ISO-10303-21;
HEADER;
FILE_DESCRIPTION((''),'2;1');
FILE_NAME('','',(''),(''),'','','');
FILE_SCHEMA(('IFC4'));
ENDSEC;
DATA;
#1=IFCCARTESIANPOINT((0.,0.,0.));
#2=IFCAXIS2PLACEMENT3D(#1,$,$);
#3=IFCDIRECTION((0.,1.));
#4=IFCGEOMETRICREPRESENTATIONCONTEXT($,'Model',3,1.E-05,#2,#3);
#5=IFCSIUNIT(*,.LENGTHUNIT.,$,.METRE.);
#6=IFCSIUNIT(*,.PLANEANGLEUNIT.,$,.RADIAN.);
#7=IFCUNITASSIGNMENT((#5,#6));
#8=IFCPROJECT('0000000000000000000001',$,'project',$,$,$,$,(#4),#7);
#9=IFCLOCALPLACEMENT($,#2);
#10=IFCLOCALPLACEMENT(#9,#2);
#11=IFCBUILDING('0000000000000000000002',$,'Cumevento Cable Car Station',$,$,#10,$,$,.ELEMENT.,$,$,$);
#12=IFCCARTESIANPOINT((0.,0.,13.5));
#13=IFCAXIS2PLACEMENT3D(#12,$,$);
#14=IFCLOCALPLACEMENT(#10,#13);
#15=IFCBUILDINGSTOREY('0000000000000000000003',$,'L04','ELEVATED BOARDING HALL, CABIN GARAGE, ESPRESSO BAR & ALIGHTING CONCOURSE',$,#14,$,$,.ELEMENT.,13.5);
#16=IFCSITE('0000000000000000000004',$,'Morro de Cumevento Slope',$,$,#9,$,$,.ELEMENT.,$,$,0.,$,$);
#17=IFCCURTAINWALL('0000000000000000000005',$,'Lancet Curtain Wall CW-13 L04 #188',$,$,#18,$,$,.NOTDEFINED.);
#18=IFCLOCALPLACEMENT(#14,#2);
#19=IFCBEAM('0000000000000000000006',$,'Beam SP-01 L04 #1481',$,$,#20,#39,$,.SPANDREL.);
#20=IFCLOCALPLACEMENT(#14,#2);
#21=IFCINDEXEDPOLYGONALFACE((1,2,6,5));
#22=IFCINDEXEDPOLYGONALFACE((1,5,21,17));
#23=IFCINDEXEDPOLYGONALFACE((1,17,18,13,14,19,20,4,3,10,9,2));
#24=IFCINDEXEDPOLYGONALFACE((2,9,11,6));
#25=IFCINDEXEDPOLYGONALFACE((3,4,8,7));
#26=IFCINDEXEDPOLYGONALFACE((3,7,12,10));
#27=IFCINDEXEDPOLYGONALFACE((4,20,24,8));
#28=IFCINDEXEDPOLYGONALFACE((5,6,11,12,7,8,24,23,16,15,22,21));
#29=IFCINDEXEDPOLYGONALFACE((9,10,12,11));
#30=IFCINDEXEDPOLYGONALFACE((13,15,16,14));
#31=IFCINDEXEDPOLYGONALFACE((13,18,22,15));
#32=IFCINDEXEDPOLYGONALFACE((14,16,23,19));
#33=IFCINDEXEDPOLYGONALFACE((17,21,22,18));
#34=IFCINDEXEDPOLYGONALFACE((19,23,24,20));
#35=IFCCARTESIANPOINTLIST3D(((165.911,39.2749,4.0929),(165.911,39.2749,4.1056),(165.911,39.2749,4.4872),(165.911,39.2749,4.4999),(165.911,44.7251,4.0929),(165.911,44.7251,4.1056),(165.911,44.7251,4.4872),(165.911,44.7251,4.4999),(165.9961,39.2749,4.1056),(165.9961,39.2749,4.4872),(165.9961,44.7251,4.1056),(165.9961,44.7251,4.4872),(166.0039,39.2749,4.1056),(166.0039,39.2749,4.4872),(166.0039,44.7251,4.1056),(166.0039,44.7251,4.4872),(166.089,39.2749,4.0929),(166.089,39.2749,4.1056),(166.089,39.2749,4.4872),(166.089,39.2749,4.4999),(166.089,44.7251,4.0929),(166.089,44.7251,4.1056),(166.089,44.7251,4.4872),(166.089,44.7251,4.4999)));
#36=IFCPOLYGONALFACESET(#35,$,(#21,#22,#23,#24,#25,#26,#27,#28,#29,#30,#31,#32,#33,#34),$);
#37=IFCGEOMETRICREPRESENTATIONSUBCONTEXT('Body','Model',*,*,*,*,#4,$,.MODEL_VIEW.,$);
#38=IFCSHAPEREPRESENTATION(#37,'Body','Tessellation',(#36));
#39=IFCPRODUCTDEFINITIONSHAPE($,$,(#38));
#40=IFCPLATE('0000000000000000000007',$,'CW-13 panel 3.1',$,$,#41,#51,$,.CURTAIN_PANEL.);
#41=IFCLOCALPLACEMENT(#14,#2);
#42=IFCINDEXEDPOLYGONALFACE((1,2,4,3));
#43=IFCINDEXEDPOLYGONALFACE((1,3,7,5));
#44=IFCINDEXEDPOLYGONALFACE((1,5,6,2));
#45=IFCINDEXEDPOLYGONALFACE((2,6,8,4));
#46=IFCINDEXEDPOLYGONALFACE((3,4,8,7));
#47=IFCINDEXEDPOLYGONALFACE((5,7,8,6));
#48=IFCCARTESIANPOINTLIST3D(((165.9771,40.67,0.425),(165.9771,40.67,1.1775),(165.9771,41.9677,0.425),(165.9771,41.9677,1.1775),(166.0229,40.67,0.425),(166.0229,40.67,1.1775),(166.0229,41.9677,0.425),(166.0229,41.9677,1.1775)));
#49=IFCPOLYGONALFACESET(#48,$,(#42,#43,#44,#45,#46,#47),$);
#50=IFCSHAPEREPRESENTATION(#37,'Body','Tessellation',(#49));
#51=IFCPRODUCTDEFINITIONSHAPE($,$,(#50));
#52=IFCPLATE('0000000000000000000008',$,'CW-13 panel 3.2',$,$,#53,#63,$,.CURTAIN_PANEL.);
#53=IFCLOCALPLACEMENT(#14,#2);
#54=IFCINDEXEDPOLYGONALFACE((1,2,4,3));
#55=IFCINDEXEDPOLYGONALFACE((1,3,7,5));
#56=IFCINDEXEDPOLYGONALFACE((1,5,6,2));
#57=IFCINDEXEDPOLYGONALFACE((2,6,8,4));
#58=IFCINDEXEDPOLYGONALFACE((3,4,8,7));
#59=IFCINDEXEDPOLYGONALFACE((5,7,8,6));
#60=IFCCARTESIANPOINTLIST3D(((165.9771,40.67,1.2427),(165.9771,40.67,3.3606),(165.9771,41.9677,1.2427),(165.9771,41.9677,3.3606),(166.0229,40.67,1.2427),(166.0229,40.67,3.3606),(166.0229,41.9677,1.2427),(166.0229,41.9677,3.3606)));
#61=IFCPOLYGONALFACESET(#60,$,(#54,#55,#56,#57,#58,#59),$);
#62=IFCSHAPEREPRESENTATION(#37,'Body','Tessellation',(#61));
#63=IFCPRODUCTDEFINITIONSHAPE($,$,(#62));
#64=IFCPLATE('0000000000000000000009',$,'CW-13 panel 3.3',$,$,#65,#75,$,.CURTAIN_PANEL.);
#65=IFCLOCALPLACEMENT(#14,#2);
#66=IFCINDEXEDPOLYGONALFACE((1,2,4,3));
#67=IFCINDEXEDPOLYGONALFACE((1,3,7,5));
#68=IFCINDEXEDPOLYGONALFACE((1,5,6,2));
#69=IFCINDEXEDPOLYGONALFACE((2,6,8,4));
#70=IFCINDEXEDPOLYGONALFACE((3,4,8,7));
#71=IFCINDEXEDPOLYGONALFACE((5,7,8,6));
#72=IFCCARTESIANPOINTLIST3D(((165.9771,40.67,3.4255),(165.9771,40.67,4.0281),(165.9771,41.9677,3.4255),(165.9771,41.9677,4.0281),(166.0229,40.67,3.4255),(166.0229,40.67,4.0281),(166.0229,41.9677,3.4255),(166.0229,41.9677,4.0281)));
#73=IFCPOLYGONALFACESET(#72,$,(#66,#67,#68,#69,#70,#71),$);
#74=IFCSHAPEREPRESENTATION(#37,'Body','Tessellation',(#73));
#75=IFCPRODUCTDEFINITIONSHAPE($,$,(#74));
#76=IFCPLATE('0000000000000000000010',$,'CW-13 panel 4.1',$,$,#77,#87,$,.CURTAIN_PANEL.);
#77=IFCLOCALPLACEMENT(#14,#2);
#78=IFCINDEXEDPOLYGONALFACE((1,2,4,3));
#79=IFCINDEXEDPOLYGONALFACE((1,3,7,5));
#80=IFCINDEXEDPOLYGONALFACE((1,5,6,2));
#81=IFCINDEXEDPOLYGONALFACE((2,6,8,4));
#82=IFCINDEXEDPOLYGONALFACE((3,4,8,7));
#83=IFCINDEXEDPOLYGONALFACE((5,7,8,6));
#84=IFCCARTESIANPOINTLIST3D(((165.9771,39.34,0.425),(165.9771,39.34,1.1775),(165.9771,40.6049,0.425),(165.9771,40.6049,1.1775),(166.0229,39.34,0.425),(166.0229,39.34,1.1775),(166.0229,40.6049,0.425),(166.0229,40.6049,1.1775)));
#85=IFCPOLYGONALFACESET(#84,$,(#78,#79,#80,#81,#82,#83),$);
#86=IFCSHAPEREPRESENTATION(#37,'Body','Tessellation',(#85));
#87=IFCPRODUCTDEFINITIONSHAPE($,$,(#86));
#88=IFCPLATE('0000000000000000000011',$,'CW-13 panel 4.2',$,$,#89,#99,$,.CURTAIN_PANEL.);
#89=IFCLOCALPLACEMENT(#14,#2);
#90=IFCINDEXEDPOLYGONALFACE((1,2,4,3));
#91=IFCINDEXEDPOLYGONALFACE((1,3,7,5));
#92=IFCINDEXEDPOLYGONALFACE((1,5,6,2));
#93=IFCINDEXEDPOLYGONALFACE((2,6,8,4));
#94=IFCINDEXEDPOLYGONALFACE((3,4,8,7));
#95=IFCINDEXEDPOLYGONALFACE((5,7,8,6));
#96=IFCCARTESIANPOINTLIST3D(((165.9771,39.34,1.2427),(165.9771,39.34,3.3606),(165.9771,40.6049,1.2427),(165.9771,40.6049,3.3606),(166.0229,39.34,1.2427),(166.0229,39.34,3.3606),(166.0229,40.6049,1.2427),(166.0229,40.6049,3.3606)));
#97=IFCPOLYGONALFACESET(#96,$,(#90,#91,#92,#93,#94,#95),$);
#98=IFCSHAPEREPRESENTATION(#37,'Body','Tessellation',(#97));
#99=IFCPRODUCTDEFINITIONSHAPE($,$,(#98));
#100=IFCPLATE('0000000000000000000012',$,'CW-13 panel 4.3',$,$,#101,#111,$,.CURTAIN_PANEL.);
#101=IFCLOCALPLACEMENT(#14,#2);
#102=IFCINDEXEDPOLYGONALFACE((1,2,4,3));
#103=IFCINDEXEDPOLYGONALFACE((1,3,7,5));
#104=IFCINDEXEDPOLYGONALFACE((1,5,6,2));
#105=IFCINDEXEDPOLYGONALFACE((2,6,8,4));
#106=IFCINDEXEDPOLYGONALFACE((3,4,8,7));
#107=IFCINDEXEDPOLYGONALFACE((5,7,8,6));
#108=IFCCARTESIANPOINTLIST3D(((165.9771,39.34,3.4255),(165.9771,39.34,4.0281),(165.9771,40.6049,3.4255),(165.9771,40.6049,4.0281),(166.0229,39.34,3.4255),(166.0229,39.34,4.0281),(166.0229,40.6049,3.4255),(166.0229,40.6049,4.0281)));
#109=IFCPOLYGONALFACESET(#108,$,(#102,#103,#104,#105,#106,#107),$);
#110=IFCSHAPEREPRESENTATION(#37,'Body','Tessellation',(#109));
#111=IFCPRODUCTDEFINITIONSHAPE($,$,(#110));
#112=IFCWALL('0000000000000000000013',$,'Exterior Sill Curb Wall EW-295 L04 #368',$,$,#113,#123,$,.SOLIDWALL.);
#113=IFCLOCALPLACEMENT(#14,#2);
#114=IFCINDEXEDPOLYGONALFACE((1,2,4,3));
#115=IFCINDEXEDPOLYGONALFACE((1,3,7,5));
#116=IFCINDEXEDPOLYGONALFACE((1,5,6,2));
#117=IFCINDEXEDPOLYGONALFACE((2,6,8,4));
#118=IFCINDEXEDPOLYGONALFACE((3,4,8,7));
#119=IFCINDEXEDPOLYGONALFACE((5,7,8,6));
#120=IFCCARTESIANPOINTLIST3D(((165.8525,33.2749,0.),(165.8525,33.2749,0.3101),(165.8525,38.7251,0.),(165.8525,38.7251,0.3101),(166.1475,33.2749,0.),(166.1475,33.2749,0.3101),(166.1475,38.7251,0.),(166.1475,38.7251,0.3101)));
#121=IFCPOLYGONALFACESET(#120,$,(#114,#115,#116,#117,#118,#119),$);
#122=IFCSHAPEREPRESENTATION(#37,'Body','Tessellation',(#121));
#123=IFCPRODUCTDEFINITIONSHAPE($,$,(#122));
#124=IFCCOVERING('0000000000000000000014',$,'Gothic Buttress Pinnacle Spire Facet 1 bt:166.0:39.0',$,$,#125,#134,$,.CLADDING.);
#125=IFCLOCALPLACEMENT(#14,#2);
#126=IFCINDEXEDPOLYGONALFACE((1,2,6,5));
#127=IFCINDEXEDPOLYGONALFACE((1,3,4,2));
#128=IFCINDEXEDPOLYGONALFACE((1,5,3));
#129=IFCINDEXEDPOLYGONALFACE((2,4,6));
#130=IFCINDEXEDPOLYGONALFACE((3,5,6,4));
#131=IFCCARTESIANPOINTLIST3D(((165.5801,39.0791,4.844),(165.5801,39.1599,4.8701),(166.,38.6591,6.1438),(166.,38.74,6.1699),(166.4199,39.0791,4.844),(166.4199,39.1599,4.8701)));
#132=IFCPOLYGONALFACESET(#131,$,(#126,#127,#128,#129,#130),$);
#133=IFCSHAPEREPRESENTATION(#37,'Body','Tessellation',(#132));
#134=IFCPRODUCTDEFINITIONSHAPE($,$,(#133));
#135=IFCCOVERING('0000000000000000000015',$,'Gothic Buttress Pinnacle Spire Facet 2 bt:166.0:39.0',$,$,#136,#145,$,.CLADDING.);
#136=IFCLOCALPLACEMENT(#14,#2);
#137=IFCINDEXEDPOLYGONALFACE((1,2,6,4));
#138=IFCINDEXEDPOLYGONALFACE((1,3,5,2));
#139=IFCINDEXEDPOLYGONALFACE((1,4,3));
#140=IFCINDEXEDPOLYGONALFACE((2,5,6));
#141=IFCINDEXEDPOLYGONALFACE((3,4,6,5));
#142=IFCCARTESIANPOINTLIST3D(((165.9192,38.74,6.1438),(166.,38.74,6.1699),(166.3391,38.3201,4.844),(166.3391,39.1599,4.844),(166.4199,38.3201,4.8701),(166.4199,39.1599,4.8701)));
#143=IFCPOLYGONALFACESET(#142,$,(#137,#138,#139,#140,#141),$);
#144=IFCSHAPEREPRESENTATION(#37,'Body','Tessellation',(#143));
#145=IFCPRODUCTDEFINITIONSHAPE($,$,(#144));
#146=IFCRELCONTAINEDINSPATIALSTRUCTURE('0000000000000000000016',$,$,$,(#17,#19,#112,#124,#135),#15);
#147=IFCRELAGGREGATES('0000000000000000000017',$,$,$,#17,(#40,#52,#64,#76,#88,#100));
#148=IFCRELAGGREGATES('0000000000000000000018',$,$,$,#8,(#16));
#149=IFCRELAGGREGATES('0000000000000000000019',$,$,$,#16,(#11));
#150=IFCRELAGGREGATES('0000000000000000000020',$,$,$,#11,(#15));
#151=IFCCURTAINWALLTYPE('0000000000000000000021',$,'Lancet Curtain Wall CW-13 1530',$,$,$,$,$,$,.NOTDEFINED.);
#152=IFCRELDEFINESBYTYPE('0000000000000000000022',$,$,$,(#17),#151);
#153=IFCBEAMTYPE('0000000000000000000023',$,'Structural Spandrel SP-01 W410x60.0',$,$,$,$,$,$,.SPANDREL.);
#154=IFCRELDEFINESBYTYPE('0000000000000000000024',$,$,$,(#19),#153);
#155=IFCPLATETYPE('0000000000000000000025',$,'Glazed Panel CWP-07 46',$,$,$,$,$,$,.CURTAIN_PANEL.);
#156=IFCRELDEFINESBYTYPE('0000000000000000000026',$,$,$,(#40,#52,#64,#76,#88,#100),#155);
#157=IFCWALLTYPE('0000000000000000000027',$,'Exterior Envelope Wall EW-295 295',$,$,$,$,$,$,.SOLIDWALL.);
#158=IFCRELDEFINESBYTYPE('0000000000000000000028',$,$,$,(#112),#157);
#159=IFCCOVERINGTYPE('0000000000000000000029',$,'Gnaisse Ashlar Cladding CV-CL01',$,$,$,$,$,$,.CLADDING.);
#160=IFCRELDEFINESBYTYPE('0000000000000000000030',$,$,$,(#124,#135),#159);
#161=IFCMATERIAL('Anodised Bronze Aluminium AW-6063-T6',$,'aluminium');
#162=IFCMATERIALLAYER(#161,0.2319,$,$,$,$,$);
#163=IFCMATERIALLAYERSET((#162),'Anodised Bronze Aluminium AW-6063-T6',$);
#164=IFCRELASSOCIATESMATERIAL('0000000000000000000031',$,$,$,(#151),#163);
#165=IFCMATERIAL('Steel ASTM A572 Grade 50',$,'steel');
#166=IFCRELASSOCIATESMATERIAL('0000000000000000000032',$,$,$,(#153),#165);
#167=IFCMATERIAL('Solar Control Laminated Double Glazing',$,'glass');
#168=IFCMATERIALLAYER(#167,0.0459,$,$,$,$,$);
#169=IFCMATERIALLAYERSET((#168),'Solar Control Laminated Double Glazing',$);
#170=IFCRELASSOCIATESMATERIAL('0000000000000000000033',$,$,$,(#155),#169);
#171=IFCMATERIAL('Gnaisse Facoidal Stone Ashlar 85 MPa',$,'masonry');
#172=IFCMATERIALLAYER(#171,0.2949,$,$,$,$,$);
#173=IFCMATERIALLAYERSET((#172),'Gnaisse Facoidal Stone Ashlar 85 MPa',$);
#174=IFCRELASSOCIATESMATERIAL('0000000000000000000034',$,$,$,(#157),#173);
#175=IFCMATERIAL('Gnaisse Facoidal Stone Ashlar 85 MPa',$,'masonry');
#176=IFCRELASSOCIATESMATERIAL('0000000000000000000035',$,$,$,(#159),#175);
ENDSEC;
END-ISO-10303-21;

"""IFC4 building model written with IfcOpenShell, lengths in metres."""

from ifc_helpers import new_model, si_unit, direction, frame, frame_2d, origin, origin_2d, place, context, subcontext, project, spatial, polyline, rectangle, i_section, outline, extrude, material, layer, layer_set, material_profile, profile_set, type_object, element, aggregate, save


model = new_model("IFC4")

# Units and contexts
model_context = context("Model", 3, precision=1e-05, world=origin(), true_north=direction((0.0, 1.0)))
body_context = subcontext(model_context, "Body", "Model", "MODEL_VIEW")
ifc_project = project(units=[si_unit("LENGTHUNIT", "METRE"), si_unit("PLANEANGLEUNIT", "RADIAN")], contexts=[model_context])

# Site, building, storey
site_placement = place(None, origin())
site = spatial("IfcSite", under=ifc_project, at=site_placement, Name="Morro de Cumevento Slope", CompositionType="ELEMENT", RefElevation=0.0)
building_placement = place(site_placement, origin())
building = spatial("IfcBuilding", under=site, at=building_placement, Name="Cumevento Cable Car Station", CompositionType="ELEMENT")
storey_placement = place(building_placement, frame((0.0, 0.0, 13.5)))
storey = spatial("IfcBuildingStorey", under=building, at=storey_placement, Name="L04", Description="ELEVATED BOARDING HALL, CABIN GARAGE, ESPRESSO BAR & ALIGHTING CONCOURSE", CompositionType="ELEMENT", Elevation=13.5)

# Curtain wall
ifc_material_1 = material(Name="Anodised Bronze Aluminium AW-6063-T6", Category="aluminium")
ifc_layer_1 = layer(ifc_material_1, 0.2319)
ifc_layer_set_1 = layer_set([ifc_layer_1], Name="Anodised Bronze Aluminium AW-6063-T6")
curtain_wall_type_1 = type_object("IfcCurtainWallType", Name="Lancet Curtain Wall CW-13 1530", PredefinedType="NOTDEFINED", material=ifc_layer_set_1)
curtain_wall_1_placement = place(storey_placement, origin())
curtain_wall_1 = element("IfcCurtainWall", 1, at=curtain_wall_1_placement, inside=storey, type_object=curtain_wall_type_1, Name="Lancet Curtain Wall CW-13 L04 #188", PredefinedType="NOTDEFINED")

# Beam
ifc_material_2 = material(Name="Steel ASTM A572 Grade 50", Category="steel")
ifc_material_profile_1 = material_profile(ifc_material_2, i_section(OverallWidth=0.178, OverallDepth=0.407, WebThickness=0.0078, FlangeThickness=0.0127, at=origin_2d()), Name="W410x60.0")
ifc_profile_set_1 = profile_set([ifc_material_profile_1], Name="Steel ASTM A572 Grade 50")
beam_type = type_object("IfcBeamType", Name="Structural Spandrel SP-01 W410x60.0", PredefinedType="SPANDREL", material=ifc_profile_set_1)
beam_placement = place(storey_placement, frame((166.0, 39.2749, 4.2964), z_axis=(0.0, 1.0, 0.0), x_axis=(-1.0, 0.0, 0.0)))
element("IfcBeam", 2, at=beam_placement, inside=storey, type_object=beam_type, Name="Beam SP-01 L04 #1481", PredefinedType="SPANDREL", context=body_context, shape_type="SweptSolid", body=[
    extrude(i_section(OverallWidth=0.178, OverallDepth=0.407, WebThickness=0.0078, FlangeThickness=0.0127, at=origin_2d()), origin(), (0.0, 0.0, 1.0), 5.4502),
])

# Plates
ifc_material_3 = material(Name="Solar Control Laminated Double Glazing", Category="glass")
ifc_layer_2 = layer(ifc_material_3, 0.0459)
ifc_layer_set_2 = layer_set([ifc_layer_2], Name="Solar Control Laminated Double Glazing")
plate_type = type_object("IfcPlateType", Name="Glazed Panel CWP-07 46", PredefinedType="CURTAIN_PANEL", material=ifc_layer_set_2)
plate_1_placement = place(storey_placement, frame((166.0, 41.3188, 0.425), z_axis=(0.0, 0.0, 1.0), x_axis=(0.0, -1.0, 0.0)))
plate_1 = element("IfcPlate", 3, at=plate_1_placement, type_object=plate_type, Name="CW-13 panel 3.1", PredefinedType="CURTAIN_PANEL", context=body_context, shape_type="SweptSolid", body=[
    extrude(rectangle(XDim=1.2976, YDim=0.0459, at=origin_2d()), origin(), (0.0, 0.0, 1.0), 0.7524),
])
plate_2_placement = place(storey_placement, frame((166.0, 41.3188, 1.2427), z_axis=(0.0, 0.0, 1.0), x_axis=(0.0, -1.0, 0.0)))
plate_2 = element("IfcPlate", 4, at=plate_2_placement, type_object=plate_type, Name="CW-13 panel 3.2", PredefinedType="CURTAIN_PANEL", context=body_context, shape_type="SweptSolid", body=[
    extrude(rectangle(XDim=1.2976, YDim=0.0459, at=origin_2d()), origin(), (0.0, 0.0, 1.0), 2.1179),
])
plate_3_placement = place(storey_placement, frame((166.0, 41.3188, 3.4255), z_axis=(0.0, 0.0, 1.0), x_axis=(0.0, -1.0, 0.0)))
plate_3 = element("IfcPlate", 5, at=plate_3_placement, type_object=plate_type, Name="CW-13 panel 3.3", PredefinedType="CURTAIN_PANEL", context=body_context, shape_type="SweptSolid", body=[
    extrude(rectangle(XDim=1.2976, YDim=0.0459, at=origin_2d()), origin(), (0.0, 0.0, 1.0), 0.6025),
])
plate_4_placement = place(storey_placement, frame((166.0, 39.9724, 0.425), z_axis=(0.0, 0.0, 1.0), x_axis=(0.0, -1.0, 0.0)))
plate_4 = element("IfcPlate", 6, at=plate_4_placement, type_object=plate_type, Name="CW-13 panel 4.1", PredefinedType="CURTAIN_PANEL", context=body_context, shape_type="SweptSolid", body=[
    extrude(rectangle(XDim=1.2649, YDim=0.0459, at=origin_2d()), origin(), (0.0, 0.0, 1.0), 0.7524),
])
plate_5_placement = place(storey_placement, frame((166.0, 39.9724, 1.2427), z_axis=(0.0, 0.0, 1.0), x_axis=(0.0, -1.0, 0.0)))
plate_5 = element("IfcPlate", 7, at=plate_5_placement, type_object=plate_type, Name="CW-13 panel 4.2", PredefinedType="CURTAIN_PANEL", context=body_context, shape_type="SweptSolid", body=[
    extrude(rectangle(XDim=1.2649, YDim=0.0459, at=origin_2d()), origin(), (0.0, 0.0, 1.0), 2.1179),
])
plate_6_placement = place(storey_placement, frame((166.0, 39.9724, 3.4255), z_axis=(0.0, 0.0, 1.0), x_axis=(0.0, -1.0, 0.0)))
plate_6 = element("IfcPlate", 8, at=plate_6_placement, type_object=plate_type, Name="CW-13 panel 4.3", PredefinedType="CURTAIN_PANEL", context=body_context, shape_type="SweptSolid", body=[
    extrude(rectangle(XDim=1.2649, YDim=0.0459, at=origin_2d()), origin(), (0.0, 0.0, 1.0), 0.6025),
])
aggregate(curtain_wall_1, [plate_1, plate_2, plate_3, plate_4, plate_5, plate_6])

# Wall
ifc_material_4 = material(Name="Gnaisse Facoidal Stone Ashlar 85 MPa", Category="masonry")
ifc_layer_3 = layer(ifc_material_4, 0.2949)
ifc_layer_set_3 = layer_set([ifc_layer_3], Name="Gnaisse Facoidal Stone Ashlar 85 MPa")
wall_type = type_object("IfcWallType", Name="Exterior Envelope Wall EW-295 295", PredefinedType="SOLIDWALL", material=ifc_layer_set_3)
wall_placement = place(storey_placement, frame((166.0, 38.7251, 0.0), z_axis=(0.0, 0.0, 1.0), x_axis=(0.0, -1.0, 0.0)))
element("IfcWall", 9, at=wall_placement, inside=storey, type_object=wall_type, Name="Exterior Sill Curb Wall EW-295 L04 #368", PredefinedType="SOLIDWALL", context=body_context, shape_type="SweptSolid", body=[
    extrude(rectangle(XDim=5.4502, YDim=0.2949, at=frame_2d((2.7251, 0.0))), origin(), (0.0, 0.0, 1.0), 0.3101),
])

# Coverings
ifc_material_5 = material(Name="Gnaisse Facoidal Stone Ashlar 85 MPa", Category="masonry")
covering_type = type_object("IfcCoveringType", Name="Gnaisse Ashlar Cladding CV-CL01", PredefinedType="CLADDING", material=ifc_material_5)
for number, where, z_axis, x_axis, name in (
    (10, (165.5801, 39.1599, 4.8701), (0.0, 0.951574, 0.307421), (1.0, 0.0, 0.0), "Gothic Buttress Pinnacle Spire Facet 1 bt:166.0:39.0"),
    (11, (166.4199, 39.1599, 4.8701), (0.951574, 0.0, 0.307421), (0.0, -1.0, 0.0), "Gothic Buttress Pinnacle Spire Facet 2 bt:166.0:39.0"),
):
    element("IfcCovering", number, at=place(storey_placement, frame(where, z_axis=z_axis, x_axis=x_axis)), inside=storey, type_object=covering_type, Name=name, PredefinedType="CLADDING", context=body_context, shape_type="SweptSolid", body=[
        extrude(outline(polyline([(0.0, 0.0), (0.8398, 0.0), (0.4199, -1.366), (0.0, 0.0)])), origin(), (0.0, 0.0, -1.0), 0.085),
    ])

save(model, "model.ifc")
